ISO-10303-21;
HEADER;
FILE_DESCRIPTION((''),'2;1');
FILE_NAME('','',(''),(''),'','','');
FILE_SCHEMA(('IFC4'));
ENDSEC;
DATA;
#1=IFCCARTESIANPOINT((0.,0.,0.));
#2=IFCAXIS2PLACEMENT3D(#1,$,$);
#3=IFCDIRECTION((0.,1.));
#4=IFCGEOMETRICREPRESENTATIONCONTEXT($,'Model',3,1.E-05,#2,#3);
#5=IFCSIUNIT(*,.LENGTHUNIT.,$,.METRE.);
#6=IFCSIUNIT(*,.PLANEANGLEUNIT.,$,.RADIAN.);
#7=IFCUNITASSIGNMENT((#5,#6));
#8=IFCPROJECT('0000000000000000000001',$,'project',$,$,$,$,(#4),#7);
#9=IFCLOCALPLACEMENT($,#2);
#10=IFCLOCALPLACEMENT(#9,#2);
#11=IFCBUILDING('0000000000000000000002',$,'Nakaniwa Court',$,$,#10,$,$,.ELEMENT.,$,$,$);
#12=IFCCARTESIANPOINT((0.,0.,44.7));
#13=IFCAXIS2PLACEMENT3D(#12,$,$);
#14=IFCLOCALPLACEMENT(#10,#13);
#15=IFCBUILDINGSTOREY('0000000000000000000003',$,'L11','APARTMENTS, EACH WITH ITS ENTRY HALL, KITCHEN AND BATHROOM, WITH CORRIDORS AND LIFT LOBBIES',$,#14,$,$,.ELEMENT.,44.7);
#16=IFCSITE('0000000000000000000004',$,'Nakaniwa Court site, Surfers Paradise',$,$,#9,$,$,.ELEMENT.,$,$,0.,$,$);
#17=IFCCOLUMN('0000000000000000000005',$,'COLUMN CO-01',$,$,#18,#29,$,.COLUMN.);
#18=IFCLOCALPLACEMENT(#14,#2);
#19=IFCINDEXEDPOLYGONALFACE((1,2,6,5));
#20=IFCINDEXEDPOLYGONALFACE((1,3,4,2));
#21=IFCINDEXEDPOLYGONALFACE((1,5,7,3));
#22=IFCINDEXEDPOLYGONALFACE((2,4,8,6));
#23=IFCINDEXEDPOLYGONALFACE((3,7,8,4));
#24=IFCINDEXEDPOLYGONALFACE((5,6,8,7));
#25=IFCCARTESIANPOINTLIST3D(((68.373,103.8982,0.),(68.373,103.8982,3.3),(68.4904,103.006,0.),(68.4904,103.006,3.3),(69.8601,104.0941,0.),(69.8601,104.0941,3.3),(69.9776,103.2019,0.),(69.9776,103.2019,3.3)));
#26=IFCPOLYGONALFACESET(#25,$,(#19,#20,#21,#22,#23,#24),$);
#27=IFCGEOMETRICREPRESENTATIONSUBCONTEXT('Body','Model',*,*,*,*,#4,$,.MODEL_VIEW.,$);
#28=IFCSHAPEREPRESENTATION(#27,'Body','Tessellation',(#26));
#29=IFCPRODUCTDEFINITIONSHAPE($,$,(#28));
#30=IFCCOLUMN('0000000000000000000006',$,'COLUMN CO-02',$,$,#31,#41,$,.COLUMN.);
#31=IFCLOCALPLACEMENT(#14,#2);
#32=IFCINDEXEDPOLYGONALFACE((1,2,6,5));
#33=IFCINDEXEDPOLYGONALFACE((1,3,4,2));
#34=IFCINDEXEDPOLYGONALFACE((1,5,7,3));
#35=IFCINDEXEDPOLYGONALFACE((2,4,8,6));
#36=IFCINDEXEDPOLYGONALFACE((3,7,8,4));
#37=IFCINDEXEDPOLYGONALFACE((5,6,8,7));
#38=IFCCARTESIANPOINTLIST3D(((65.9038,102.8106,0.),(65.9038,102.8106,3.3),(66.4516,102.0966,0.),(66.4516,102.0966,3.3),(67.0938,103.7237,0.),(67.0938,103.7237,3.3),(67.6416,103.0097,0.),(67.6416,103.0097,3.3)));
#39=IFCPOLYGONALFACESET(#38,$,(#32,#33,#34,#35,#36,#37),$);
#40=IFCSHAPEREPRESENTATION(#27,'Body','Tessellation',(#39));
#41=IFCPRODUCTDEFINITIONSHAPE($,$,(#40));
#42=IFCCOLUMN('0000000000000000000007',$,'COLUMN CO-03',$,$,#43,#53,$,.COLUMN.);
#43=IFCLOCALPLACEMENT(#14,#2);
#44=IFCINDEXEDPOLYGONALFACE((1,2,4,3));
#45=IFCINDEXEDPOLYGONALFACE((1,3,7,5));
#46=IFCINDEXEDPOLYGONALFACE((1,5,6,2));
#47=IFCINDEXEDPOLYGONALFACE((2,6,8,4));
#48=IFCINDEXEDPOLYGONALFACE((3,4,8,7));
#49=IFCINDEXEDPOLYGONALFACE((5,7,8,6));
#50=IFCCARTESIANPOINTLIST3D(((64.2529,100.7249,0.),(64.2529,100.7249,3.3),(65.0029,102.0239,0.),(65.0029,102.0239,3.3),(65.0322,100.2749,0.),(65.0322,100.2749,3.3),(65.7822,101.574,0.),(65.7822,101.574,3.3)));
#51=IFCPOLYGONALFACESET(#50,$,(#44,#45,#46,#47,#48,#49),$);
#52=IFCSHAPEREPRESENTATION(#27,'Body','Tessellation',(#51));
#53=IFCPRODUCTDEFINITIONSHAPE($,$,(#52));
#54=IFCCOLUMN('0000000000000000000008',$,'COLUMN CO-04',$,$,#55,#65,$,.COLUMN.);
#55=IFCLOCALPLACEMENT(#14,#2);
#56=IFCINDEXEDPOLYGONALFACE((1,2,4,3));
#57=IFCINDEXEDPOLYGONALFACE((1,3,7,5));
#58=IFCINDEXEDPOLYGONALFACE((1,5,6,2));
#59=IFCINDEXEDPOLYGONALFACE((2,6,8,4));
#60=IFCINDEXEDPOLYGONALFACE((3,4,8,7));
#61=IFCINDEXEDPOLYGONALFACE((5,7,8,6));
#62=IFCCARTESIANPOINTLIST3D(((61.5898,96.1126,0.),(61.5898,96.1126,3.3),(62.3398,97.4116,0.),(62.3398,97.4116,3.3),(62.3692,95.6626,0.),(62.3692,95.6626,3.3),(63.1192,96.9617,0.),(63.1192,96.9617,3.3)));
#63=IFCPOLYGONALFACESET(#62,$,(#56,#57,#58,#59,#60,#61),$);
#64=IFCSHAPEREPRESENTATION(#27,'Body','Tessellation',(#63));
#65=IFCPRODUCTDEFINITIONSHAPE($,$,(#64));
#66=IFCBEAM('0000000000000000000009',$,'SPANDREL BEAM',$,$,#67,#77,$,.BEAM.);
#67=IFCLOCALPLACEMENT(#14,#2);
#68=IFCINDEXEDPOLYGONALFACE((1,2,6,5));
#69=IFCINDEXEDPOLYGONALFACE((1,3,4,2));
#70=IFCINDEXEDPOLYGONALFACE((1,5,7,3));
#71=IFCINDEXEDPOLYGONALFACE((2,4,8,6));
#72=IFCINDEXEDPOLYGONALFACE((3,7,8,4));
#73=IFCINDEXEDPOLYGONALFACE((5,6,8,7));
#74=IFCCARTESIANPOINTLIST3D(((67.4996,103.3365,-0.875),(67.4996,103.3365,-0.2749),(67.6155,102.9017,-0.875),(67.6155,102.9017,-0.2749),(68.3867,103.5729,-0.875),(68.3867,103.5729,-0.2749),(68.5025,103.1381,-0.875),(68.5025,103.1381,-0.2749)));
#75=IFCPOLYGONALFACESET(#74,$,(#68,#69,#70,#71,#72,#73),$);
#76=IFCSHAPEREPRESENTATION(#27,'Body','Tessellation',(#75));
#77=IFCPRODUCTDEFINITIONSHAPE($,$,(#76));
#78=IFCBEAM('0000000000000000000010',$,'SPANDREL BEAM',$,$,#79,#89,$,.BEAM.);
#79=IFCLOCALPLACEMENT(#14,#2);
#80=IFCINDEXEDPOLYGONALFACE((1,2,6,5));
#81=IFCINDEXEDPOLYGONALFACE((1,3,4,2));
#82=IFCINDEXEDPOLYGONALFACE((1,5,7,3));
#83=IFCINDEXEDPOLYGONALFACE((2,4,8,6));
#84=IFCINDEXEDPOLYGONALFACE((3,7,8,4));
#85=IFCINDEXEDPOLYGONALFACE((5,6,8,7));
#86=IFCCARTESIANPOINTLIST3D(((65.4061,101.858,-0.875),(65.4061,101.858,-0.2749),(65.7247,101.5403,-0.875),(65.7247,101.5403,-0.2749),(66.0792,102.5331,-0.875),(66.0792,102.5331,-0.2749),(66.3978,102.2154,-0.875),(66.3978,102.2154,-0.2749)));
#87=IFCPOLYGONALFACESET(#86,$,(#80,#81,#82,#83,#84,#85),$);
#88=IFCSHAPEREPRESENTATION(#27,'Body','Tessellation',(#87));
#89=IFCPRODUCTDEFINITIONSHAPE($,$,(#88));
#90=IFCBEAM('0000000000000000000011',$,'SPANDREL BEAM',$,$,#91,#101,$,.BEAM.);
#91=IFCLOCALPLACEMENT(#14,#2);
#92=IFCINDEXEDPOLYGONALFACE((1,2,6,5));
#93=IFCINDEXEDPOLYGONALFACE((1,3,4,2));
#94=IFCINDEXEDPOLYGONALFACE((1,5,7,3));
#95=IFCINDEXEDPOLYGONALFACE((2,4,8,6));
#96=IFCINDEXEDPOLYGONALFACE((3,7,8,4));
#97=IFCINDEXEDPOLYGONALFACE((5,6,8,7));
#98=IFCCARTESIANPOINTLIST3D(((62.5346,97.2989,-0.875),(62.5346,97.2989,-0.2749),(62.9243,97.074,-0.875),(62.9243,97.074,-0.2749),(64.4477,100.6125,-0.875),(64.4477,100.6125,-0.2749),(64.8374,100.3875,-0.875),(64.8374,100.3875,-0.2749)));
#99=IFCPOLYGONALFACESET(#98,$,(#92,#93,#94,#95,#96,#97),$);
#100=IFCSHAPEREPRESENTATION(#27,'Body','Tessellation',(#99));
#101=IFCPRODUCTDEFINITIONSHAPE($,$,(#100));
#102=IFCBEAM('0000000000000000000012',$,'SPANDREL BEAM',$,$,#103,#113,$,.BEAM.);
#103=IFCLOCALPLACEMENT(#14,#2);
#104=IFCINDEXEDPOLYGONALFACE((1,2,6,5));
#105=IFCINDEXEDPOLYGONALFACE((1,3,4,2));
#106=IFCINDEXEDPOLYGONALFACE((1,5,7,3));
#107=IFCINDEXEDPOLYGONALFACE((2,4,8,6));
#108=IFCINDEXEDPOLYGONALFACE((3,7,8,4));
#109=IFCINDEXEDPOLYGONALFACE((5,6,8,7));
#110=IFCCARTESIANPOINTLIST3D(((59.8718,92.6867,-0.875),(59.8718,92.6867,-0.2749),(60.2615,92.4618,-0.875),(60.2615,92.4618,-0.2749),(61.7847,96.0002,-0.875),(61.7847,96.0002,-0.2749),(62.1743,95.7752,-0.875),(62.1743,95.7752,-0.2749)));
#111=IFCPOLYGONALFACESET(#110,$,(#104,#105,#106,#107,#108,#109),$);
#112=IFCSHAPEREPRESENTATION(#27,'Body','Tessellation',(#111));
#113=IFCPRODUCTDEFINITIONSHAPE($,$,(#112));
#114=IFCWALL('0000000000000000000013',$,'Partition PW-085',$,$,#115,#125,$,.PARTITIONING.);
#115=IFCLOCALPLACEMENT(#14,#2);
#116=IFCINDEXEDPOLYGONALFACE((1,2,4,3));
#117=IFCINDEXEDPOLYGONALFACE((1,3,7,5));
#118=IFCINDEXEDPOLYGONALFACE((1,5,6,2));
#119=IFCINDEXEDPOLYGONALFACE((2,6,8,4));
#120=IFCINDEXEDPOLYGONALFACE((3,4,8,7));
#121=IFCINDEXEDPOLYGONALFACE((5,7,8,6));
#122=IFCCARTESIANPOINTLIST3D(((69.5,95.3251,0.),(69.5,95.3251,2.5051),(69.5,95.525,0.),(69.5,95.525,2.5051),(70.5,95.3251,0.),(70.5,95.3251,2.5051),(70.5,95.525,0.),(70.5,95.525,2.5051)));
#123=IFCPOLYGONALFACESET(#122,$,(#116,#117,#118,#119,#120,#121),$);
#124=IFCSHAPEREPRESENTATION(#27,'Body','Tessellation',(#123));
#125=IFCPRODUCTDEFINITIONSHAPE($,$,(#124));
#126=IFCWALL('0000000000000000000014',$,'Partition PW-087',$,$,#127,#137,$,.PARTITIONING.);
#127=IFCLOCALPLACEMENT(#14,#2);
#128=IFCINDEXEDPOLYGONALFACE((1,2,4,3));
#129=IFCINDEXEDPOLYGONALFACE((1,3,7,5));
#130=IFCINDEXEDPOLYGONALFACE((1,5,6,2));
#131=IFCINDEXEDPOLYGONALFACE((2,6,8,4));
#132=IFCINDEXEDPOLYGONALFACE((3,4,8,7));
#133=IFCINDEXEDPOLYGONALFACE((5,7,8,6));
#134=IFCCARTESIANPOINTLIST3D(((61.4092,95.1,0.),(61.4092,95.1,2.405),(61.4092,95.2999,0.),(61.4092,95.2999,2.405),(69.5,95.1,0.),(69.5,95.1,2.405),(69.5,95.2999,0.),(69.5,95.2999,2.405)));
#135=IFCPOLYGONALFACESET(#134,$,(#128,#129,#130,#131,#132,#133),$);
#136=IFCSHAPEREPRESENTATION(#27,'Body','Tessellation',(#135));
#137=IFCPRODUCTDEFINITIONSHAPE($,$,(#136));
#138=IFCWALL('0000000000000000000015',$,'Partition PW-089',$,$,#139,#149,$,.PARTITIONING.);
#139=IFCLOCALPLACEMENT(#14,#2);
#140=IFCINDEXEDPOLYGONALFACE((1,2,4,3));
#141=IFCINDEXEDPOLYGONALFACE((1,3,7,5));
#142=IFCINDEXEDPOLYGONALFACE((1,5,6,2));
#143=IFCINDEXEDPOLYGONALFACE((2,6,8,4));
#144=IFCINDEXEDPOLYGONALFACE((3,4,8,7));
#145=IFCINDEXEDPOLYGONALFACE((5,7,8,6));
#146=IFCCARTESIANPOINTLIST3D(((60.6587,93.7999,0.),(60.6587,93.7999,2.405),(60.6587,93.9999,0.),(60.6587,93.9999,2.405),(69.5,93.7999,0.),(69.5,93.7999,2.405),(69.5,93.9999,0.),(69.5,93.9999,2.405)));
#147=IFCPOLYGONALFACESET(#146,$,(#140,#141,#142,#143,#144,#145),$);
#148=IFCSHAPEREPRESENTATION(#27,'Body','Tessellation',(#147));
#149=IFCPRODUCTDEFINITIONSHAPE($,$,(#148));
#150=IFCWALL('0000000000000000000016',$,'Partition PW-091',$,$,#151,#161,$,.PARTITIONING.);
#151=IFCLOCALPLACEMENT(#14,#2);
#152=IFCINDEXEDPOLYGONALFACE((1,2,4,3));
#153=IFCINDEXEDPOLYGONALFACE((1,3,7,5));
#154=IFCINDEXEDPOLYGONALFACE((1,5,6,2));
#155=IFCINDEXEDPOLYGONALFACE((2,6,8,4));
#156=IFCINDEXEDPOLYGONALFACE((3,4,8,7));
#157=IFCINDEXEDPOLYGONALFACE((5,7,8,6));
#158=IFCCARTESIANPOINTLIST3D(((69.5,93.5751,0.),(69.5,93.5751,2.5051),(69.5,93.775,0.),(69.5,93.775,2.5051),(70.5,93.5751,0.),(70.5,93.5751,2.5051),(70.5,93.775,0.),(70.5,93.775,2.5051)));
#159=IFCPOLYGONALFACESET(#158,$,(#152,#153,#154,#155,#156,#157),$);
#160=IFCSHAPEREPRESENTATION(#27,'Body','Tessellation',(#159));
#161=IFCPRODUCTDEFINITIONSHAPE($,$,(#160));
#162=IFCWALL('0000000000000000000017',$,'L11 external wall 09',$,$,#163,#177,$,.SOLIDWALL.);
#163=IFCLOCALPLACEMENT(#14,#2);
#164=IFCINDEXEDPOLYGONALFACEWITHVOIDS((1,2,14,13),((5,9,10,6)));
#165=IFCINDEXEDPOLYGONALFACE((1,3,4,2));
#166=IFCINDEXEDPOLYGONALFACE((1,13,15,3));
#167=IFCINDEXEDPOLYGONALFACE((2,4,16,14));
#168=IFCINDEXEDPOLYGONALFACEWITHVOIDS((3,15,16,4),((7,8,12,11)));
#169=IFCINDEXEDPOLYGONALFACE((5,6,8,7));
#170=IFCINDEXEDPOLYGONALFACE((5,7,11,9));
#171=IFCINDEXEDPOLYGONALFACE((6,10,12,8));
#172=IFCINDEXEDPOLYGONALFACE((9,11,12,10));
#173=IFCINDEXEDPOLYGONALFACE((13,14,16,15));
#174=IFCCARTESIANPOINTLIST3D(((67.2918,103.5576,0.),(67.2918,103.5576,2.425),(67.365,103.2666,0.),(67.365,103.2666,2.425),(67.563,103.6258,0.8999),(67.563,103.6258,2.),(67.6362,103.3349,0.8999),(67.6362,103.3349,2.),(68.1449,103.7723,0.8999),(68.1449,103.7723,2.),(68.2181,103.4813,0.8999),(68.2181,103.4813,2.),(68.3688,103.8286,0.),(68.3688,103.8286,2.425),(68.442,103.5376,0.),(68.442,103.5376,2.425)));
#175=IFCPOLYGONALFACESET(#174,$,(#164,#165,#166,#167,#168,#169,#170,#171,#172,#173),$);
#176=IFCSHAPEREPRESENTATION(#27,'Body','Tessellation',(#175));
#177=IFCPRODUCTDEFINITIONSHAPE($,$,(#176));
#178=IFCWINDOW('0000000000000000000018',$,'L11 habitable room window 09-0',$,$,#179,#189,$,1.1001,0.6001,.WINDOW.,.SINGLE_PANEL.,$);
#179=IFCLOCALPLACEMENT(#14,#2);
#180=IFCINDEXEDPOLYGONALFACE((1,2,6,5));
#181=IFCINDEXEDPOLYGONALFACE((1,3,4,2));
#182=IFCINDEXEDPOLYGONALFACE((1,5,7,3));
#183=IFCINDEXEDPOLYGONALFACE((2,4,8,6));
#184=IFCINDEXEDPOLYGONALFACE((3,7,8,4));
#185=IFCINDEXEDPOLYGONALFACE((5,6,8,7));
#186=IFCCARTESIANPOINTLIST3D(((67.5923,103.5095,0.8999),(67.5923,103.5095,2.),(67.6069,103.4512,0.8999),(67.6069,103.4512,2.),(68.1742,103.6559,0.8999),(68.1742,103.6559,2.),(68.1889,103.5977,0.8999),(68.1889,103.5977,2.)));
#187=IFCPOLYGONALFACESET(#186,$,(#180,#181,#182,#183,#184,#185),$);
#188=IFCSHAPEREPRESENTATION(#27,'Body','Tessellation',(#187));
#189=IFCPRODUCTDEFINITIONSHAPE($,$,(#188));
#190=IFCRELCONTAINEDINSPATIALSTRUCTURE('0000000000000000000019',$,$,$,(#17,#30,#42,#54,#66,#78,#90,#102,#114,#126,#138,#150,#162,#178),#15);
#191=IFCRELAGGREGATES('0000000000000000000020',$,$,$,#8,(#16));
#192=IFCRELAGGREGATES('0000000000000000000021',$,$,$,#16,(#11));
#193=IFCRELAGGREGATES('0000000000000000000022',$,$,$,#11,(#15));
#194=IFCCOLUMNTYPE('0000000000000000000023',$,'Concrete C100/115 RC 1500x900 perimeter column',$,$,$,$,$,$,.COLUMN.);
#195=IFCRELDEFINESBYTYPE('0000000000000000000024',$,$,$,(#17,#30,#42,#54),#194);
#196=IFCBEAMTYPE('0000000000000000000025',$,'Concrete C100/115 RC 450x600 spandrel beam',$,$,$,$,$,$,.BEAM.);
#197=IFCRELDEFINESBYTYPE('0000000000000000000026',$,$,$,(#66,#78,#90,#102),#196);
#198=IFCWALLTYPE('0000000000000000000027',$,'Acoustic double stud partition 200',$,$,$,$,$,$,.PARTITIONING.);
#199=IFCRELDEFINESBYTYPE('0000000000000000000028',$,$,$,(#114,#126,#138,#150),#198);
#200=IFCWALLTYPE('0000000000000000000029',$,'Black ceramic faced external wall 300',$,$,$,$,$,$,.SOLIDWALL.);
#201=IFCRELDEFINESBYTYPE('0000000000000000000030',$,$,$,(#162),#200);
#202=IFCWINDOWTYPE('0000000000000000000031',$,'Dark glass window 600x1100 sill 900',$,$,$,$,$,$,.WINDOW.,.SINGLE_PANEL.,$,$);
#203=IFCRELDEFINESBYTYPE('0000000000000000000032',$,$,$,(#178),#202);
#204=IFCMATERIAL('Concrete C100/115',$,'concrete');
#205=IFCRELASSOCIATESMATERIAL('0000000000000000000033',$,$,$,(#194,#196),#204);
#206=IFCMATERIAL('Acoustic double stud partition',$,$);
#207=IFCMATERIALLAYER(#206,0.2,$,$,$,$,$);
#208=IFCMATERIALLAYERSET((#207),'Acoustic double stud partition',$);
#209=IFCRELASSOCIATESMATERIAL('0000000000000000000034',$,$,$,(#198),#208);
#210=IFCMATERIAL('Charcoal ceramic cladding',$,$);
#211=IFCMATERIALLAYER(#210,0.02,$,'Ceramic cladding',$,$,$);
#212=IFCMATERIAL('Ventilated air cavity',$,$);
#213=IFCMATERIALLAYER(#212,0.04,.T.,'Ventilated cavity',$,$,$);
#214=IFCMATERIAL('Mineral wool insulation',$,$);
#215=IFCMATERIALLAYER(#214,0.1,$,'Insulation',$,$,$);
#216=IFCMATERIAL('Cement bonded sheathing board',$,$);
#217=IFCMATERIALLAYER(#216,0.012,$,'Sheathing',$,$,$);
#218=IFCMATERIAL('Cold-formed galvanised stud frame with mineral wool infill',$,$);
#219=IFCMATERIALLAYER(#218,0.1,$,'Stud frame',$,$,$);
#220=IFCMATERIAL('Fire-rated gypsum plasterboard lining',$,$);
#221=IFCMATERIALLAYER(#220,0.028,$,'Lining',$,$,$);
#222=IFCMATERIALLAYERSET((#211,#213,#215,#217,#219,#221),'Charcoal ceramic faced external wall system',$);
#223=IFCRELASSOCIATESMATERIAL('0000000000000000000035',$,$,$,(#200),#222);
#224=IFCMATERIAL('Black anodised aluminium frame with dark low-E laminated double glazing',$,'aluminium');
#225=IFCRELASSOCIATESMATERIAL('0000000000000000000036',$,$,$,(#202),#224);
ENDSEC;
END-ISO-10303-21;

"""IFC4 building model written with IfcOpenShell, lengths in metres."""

from ifc_helpers import new_model, si_unit, direction, frame, frame_2d, origin, origin_2d, place, context, subcontext, project, spatial, rectangle, extrude, material, layer, layer_set, material_profile, profile_set, type_object, element, fill, save


model = new_model("IFC4")

# Units and contexts
model_context = context("Model", 3, precision=1e-05, world=origin(), true_north=direction((0.0, 1.0)))
body_context = subcontext(model_context, "Body", "Model", "MODEL_VIEW")
ifc_project = project(units=[si_unit("LENGTHUNIT", "METRE"), si_unit("PLANEANGLEUNIT", "RADIAN")], contexts=[model_context])

# Site, building, storey
site_placement = place(None, origin())
site = spatial("IfcSite", under=ifc_project, at=site_placement, Name="Nakaniwa Court site, Surfers Paradise", CompositionType="ELEMENT", RefElevation=0.0)
building_placement = place(site_placement, origin())
building = spatial("IfcBuilding", under=site, at=building_placement, Name="Nakaniwa Court", CompositionType="ELEMENT")
storey_placement = place(building_placement, frame((0.0, 0.0, 44.7)))
storey = spatial("IfcBuildingStorey", under=building, at=storey_placement, Name="L11", Description="APARTMENTS, EACH WITH ITS ENTRY HALL, KITCHEN AND BATHROOM, WITH CORRIDORS AND LIFT LOBBIES", CompositionType="ELEMENT", Elevation=44.7)

# Columns
ifc_material_1 = material(Name="Concrete C100/115", Category="concrete")
ifc_material_profile_1 = material_profile(ifc_material_1, rectangle(XDim=1.5, YDim=0.8999, at=origin_2d()), Name="Concrete C100/115 RC 1500x900 perimeter column")
ifc_profile_set_1 = profile_set([ifc_material_profile_1], Name="Concrete C100/115")
column_type = type_object("IfcColumnType", Name="Concrete C100/115 RC 1500x900 perimeter column", PredefinedType="COLUMN", material=ifc_profile_set_1)
for number, where, z_axis, x_axis, name in (
    (1, (69.1753, 103.55, 0.0), (0.0, 0.0, 1.0), (-0.991443, -0.130543, 0.0), "COLUMN CO-01"),
    (2, (66.7727, 102.9102, 0.0), (0.0, 0.0, 1.0), (-0.793364, -0.608748, 0.0), "COLUMN CO-02"),
    (3, (65.0176, 101.1494, 0.0), (0.0, 0.0, 1.0), (-0.5, -0.866025, 0.0), "COLUMN CO-03"),
    (4, (62.3545, 96.5371, 0.0), (0.0, 0.0, 1.0), (-0.5, -0.866025, 0.0), "COLUMN CO-04"),
):
    element("IfcColumn", number, at=place(storey_placement, frame(where, z_axis=z_axis, x_axis=x_axis)), inside=storey, type_object=column_type, Name=name, PredefinedType="COLUMN", context=body_context, shape_type="SweptSolid", body=[
        extrude(rectangle(XDim=1.5, YDim=0.8999, at=origin_2d()), origin(), (0.0, 0.0, 1.0), 3.3),
    ])

# Beams
ifc_material_profile_2 = material_profile(ifc_material_1, rectangle(XDim=0.45, YDim=0.6001, at=origin_2d()), Name="Concrete C100/115 RC 450x600 spandrel beam")
ifc_profile_set_2 = profile_set([ifc_material_profile_2], Name="Concrete C100/115")
beam_type = type_object("IfcBeamType", Name="Concrete C100/115 RC 450x600 spandrel beam", PredefinedType="BEAM", material=ifc_profile_set_2)
beam_1_placement = place(storey_placement, frame((68.4446, 103.3555, -0.575), z_axis=(-0.966288, -0.257464, 0.0), x_axis=(0.257464, -0.966288, 0.0)))
element("IfcBeam", 5, at=beam_1_placement, inside=storey, type_object=beam_type, Name="SPANDREL BEAM", PredefinedType="BEAM", context=body_context, shape_type="SweptSolid", body=[
    extrude(rectangle(XDim=0.45, YDim=0.6001, at=origin_2d()), origin(), (0.0, 0.0, 1.0), 0.918),
])
beam_2_placement = place(storey_placement, frame((66.2385, 102.3743, -0.575), z_axis=(-0.706082, -0.70813, 0.0), x_axis=(0.70813, -0.706082, 0.0)))
element("IfcBeam", 6, at=beam_2_placement, inside=storey, type_object=beam_type, Name="SPANDREL BEAM", PredefinedType="BEAM", context=body_context, shape_type="SweptSolid", body=[
    extrude(rectangle(XDim=0.45, YDim=0.6001, at=origin_2d()), origin(), (0.0, 0.0, 1.0), 0.9534),
])
beam_3_placement = place(storey_placement, frame((64.6426, 100.5, -0.575), z_axis=(-0.50001, -0.86602, 0.0), x_axis=(0.86602, -0.50001, 0.0)))
element("IfcBeam", 7, at=beam_3_placement, inside=storey, type_object=beam_type, Name="SPANDREL BEAM", PredefinedType="BEAM", context=body_context, shape_type="SweptSolid", body=[
    extrude(rectangle(XDim=0.45, YDim=0.6001, at=origin_2d()), origin(), (0.0, 0.0, 1.0), 3.8262),
])
beam_4_placement = place(storey_placement, frame((61.9795, 95.8877, -0.575), z_axis=(-0.499962, -0.866047, 0.0), x_axis=(0.866047, -0.499962, 0.0)))
element("IfcBeam", 8, at=beam_4_placement, inside=storey, type_object=beam_type, Name="SPANDREL BEAM", PredefinedType="BEAM", context=body_context, shape_type="SweptSolid", body=[
    extrude(rectangle(XDim=0.45, YDim=0.6001, at=origin_2d()), origin(), (0.0, 0.0, 1.0), 3.8259),
])

# Walls
ifc_material_2 = material(Name="Acoustic double stud partition")
ifc_layer_1 = layer(ifc_material_2, 0.2)
ifc_layer_set_1 = layer_set([ifc_layer_1], Name="Acoustic double stud partition")
wall_type_1 = type_object("IfcWallType", Name="Acoustic double stud partition 200", PredefinedType="PARTITIONING", material=ifc_layer_set_1)
wall_1_placement = place(storey_placement, frame((69.5, 95.425, 0.0), z_axis=(0.0, 0.0, 1.0), x_axis=(1.0, 0.0, 0.0)))
element("IfcWall", 9, at=wall_1_placement, inside=storey, type_object=wall_type_1, Name="Partition PW-085", PredefinedType="PARTITIONING", context=body_context, shape_type="SweptSolid", body=[
    extrude(rectangle(XDim=1.0, YDim=0.2, at=frame_2d((0.5, 0.0))), origin(), (0.0, 0.0, 1.0), 2.5051),
])
wall_2_placement = place(storey_placement, frame((61.4092, 95.2, 0.0), z_axis=(0.0, 0.0, 1.0), x_axis=(1.0, 0.0, 0.0)))
element("IfcWall", 10, at=wall_2_placement, inside=storey, type_object=wall_type_1, Name="Partition PW-087", PredefinedType="PARTITIONING", context=body_context, shape_type="SweptSolid", body=[
    extrude(rectangle(XDim=8.0908, YDim=0.2, at=frame_2d((4.0454, 0.0))), origin(), (0.0, 0.0, 1.0), 2.405),
])
wall_3_placement = place(storey_placement, frame((60.6587, 93.8999, 0.0), z_axis=(0.0, 0.0, 1.0), x_axis=(1.0, 0.0, 0.0)))
element("IfcWall", 11, at=wall_3_placement, inside=storey, type_object=wall_type_1, Name="Partition PW-089", PredefinedType="PARTITIONING", context=body_context, shape_type="SweptSolid", body=[
    extrude(rectangle(XDim=8.8413, YDim=0.2, at=frame_2d((4.4207, 0.0))), origin(), (0.0, 0.0, 1.0), 2.405),
])
wall_4_placement = place(storey_placement, frame((69.5, 93.675, 0.0), z_axis=(0.0, 0.0, 1.0), x_axis=(1.0, 0.0, 0.0)))
element("IfcWall", 12, at=wall_4_placement, inside=storey, type_object=wall_type_1, Name="Partition PW-091", PredefinedType="PARTITIONING", context=body_context, shape_type="SweptSolid", body=[
    extrude(rectangle(XDim=1.0, YDim=0.2, at=frame_2d((0.5, 0.0))), origin(), (0.0, 0.0, 1.0), 2.5051),
])

# Wall, opening, window
ifc_material_3 = material(Name="Charcoal ceramic cladding")
ifc_layer_2 = layer(ifc_material_3, 0.02, Name="Ceramic cladding")
ifc_material_4 = material(Name="Ventilated air cavity")
ifc_layer_3 = layer(ifc_material_4, 0.04, ventilated=True, Name="Ventilated cavity")
ifc_material_5 = material(Name="Mineral wool insulation")
ifc_layer_4 = layer(ifc_material_5, 0.1, Name="Insulation")
ifc_material_6 = material(Name="Cement bonded sheathing board")
ifc_layer_5 = layer(ifc_material_6, 0.012, Name="Sheathing")
ifc_material_7 = material(Name="Cold-formed galvanised stud frame with mineral wool infill")
ifc_layer_6 = layer(ifc_material_7, 0.1, Name="Stud frame")
ifc_material_8 = material(Name="Fire-rated gypsum plasterboard lining")
ifc_layer_7 = layer(ifc_material_8, 0.028, Name="Lining")
ifc_layer_set_2 = layer_set([ifc_layer_2, ifc_layer_3, ifc_layer_4, ifc_layer_5, ifc_layer_6, ifc_layer_7], Name="Charcoal ceramic faced external wall system")
wall_type_2 = type_object("IfcWallType", Name="Black ceramic faced external wall 300", PredefinedType="SOLIDWALL", material=ifc_layer_set_2)
wall_5_placement = place(storey_placement, frame((68.4053, 103.6831, 0.0), z_axis=(0.0, 0.0, 1.0), x_axis=(-0.969766, -0.244036, 0.0)))
wall_5 = element("IfcWall", 13, at=wall_5_placement, inside=storey, type_object=wall_type_2, Name="L11 external wall 09", PredefinedType="SOLIDWALL", context=body_context, shape_type="SweptSolid", body=[
    extrude(rectangle(XDim=1.1106, YDim=0.3, at=frame_2d((0.5552, 0.0))), origin(), (0.0, 0.0, 1.0), 2.425),
])
opening_1_placement = place(wall_5_placement, frame((0.2307, 0.0, 0.8999)))
opening_1 = element("IfcOpeningElement", 14, at=opening_1_placement, cuts=wall_5, PredefinedType="OPENING", context=body_context, shape_type="SweptSolid", body=[
    extrude(rectangle(XDim=0.6001, YDim=1.1001, at=frame_2d((0.3, 0.55))), frame((0.0, 0.1599, 0.0), z_axis=(0.0, -1.0, 0.0), x_axis=(1.0, 0.0, 0.0)), (0.0, 0.0, 1.0), 0.3201),
])
ifc_material_9 = material(Name="Black anodised aluminium frame with dark low-E laminated double glazing", Category="aluminium")
window_type_1 = type_object("IfcWindowType", Name="Dark glass window 600x1100 sill 900", PartitioningType="SINGLE_PANEL", PredefinedType="WINDOW", material=ifc_material_9)
window_1_placement = place(opening_1_placement, origin())
window_1 = element("IfcWindow", 15, at=window_1_placement, inside=storey, type_object=window_type_1, Name="L11 habitable room window 09-0", OverallHeight=1.1001, OverallWidth=0.6001, PartitioningType="SINGLE_PANEL", PredefinedType="WINDOW", context=body_context, shape_type="SweptSolid", body=[
    extrude(rectangle(XDim=0.6001, YDim=1.1001, at=frame_2d((0.3, 0.55))), frame((0.0, 0.03, 0.0), z_axis=(0.0, -1.0, 0.0), x_axis=(1.0, 0.0, 0.0)), (0.0, 0.0, 1.0), 0.0601),
])
fill(opening_1, window_1)

save(model, "model.ifc")
